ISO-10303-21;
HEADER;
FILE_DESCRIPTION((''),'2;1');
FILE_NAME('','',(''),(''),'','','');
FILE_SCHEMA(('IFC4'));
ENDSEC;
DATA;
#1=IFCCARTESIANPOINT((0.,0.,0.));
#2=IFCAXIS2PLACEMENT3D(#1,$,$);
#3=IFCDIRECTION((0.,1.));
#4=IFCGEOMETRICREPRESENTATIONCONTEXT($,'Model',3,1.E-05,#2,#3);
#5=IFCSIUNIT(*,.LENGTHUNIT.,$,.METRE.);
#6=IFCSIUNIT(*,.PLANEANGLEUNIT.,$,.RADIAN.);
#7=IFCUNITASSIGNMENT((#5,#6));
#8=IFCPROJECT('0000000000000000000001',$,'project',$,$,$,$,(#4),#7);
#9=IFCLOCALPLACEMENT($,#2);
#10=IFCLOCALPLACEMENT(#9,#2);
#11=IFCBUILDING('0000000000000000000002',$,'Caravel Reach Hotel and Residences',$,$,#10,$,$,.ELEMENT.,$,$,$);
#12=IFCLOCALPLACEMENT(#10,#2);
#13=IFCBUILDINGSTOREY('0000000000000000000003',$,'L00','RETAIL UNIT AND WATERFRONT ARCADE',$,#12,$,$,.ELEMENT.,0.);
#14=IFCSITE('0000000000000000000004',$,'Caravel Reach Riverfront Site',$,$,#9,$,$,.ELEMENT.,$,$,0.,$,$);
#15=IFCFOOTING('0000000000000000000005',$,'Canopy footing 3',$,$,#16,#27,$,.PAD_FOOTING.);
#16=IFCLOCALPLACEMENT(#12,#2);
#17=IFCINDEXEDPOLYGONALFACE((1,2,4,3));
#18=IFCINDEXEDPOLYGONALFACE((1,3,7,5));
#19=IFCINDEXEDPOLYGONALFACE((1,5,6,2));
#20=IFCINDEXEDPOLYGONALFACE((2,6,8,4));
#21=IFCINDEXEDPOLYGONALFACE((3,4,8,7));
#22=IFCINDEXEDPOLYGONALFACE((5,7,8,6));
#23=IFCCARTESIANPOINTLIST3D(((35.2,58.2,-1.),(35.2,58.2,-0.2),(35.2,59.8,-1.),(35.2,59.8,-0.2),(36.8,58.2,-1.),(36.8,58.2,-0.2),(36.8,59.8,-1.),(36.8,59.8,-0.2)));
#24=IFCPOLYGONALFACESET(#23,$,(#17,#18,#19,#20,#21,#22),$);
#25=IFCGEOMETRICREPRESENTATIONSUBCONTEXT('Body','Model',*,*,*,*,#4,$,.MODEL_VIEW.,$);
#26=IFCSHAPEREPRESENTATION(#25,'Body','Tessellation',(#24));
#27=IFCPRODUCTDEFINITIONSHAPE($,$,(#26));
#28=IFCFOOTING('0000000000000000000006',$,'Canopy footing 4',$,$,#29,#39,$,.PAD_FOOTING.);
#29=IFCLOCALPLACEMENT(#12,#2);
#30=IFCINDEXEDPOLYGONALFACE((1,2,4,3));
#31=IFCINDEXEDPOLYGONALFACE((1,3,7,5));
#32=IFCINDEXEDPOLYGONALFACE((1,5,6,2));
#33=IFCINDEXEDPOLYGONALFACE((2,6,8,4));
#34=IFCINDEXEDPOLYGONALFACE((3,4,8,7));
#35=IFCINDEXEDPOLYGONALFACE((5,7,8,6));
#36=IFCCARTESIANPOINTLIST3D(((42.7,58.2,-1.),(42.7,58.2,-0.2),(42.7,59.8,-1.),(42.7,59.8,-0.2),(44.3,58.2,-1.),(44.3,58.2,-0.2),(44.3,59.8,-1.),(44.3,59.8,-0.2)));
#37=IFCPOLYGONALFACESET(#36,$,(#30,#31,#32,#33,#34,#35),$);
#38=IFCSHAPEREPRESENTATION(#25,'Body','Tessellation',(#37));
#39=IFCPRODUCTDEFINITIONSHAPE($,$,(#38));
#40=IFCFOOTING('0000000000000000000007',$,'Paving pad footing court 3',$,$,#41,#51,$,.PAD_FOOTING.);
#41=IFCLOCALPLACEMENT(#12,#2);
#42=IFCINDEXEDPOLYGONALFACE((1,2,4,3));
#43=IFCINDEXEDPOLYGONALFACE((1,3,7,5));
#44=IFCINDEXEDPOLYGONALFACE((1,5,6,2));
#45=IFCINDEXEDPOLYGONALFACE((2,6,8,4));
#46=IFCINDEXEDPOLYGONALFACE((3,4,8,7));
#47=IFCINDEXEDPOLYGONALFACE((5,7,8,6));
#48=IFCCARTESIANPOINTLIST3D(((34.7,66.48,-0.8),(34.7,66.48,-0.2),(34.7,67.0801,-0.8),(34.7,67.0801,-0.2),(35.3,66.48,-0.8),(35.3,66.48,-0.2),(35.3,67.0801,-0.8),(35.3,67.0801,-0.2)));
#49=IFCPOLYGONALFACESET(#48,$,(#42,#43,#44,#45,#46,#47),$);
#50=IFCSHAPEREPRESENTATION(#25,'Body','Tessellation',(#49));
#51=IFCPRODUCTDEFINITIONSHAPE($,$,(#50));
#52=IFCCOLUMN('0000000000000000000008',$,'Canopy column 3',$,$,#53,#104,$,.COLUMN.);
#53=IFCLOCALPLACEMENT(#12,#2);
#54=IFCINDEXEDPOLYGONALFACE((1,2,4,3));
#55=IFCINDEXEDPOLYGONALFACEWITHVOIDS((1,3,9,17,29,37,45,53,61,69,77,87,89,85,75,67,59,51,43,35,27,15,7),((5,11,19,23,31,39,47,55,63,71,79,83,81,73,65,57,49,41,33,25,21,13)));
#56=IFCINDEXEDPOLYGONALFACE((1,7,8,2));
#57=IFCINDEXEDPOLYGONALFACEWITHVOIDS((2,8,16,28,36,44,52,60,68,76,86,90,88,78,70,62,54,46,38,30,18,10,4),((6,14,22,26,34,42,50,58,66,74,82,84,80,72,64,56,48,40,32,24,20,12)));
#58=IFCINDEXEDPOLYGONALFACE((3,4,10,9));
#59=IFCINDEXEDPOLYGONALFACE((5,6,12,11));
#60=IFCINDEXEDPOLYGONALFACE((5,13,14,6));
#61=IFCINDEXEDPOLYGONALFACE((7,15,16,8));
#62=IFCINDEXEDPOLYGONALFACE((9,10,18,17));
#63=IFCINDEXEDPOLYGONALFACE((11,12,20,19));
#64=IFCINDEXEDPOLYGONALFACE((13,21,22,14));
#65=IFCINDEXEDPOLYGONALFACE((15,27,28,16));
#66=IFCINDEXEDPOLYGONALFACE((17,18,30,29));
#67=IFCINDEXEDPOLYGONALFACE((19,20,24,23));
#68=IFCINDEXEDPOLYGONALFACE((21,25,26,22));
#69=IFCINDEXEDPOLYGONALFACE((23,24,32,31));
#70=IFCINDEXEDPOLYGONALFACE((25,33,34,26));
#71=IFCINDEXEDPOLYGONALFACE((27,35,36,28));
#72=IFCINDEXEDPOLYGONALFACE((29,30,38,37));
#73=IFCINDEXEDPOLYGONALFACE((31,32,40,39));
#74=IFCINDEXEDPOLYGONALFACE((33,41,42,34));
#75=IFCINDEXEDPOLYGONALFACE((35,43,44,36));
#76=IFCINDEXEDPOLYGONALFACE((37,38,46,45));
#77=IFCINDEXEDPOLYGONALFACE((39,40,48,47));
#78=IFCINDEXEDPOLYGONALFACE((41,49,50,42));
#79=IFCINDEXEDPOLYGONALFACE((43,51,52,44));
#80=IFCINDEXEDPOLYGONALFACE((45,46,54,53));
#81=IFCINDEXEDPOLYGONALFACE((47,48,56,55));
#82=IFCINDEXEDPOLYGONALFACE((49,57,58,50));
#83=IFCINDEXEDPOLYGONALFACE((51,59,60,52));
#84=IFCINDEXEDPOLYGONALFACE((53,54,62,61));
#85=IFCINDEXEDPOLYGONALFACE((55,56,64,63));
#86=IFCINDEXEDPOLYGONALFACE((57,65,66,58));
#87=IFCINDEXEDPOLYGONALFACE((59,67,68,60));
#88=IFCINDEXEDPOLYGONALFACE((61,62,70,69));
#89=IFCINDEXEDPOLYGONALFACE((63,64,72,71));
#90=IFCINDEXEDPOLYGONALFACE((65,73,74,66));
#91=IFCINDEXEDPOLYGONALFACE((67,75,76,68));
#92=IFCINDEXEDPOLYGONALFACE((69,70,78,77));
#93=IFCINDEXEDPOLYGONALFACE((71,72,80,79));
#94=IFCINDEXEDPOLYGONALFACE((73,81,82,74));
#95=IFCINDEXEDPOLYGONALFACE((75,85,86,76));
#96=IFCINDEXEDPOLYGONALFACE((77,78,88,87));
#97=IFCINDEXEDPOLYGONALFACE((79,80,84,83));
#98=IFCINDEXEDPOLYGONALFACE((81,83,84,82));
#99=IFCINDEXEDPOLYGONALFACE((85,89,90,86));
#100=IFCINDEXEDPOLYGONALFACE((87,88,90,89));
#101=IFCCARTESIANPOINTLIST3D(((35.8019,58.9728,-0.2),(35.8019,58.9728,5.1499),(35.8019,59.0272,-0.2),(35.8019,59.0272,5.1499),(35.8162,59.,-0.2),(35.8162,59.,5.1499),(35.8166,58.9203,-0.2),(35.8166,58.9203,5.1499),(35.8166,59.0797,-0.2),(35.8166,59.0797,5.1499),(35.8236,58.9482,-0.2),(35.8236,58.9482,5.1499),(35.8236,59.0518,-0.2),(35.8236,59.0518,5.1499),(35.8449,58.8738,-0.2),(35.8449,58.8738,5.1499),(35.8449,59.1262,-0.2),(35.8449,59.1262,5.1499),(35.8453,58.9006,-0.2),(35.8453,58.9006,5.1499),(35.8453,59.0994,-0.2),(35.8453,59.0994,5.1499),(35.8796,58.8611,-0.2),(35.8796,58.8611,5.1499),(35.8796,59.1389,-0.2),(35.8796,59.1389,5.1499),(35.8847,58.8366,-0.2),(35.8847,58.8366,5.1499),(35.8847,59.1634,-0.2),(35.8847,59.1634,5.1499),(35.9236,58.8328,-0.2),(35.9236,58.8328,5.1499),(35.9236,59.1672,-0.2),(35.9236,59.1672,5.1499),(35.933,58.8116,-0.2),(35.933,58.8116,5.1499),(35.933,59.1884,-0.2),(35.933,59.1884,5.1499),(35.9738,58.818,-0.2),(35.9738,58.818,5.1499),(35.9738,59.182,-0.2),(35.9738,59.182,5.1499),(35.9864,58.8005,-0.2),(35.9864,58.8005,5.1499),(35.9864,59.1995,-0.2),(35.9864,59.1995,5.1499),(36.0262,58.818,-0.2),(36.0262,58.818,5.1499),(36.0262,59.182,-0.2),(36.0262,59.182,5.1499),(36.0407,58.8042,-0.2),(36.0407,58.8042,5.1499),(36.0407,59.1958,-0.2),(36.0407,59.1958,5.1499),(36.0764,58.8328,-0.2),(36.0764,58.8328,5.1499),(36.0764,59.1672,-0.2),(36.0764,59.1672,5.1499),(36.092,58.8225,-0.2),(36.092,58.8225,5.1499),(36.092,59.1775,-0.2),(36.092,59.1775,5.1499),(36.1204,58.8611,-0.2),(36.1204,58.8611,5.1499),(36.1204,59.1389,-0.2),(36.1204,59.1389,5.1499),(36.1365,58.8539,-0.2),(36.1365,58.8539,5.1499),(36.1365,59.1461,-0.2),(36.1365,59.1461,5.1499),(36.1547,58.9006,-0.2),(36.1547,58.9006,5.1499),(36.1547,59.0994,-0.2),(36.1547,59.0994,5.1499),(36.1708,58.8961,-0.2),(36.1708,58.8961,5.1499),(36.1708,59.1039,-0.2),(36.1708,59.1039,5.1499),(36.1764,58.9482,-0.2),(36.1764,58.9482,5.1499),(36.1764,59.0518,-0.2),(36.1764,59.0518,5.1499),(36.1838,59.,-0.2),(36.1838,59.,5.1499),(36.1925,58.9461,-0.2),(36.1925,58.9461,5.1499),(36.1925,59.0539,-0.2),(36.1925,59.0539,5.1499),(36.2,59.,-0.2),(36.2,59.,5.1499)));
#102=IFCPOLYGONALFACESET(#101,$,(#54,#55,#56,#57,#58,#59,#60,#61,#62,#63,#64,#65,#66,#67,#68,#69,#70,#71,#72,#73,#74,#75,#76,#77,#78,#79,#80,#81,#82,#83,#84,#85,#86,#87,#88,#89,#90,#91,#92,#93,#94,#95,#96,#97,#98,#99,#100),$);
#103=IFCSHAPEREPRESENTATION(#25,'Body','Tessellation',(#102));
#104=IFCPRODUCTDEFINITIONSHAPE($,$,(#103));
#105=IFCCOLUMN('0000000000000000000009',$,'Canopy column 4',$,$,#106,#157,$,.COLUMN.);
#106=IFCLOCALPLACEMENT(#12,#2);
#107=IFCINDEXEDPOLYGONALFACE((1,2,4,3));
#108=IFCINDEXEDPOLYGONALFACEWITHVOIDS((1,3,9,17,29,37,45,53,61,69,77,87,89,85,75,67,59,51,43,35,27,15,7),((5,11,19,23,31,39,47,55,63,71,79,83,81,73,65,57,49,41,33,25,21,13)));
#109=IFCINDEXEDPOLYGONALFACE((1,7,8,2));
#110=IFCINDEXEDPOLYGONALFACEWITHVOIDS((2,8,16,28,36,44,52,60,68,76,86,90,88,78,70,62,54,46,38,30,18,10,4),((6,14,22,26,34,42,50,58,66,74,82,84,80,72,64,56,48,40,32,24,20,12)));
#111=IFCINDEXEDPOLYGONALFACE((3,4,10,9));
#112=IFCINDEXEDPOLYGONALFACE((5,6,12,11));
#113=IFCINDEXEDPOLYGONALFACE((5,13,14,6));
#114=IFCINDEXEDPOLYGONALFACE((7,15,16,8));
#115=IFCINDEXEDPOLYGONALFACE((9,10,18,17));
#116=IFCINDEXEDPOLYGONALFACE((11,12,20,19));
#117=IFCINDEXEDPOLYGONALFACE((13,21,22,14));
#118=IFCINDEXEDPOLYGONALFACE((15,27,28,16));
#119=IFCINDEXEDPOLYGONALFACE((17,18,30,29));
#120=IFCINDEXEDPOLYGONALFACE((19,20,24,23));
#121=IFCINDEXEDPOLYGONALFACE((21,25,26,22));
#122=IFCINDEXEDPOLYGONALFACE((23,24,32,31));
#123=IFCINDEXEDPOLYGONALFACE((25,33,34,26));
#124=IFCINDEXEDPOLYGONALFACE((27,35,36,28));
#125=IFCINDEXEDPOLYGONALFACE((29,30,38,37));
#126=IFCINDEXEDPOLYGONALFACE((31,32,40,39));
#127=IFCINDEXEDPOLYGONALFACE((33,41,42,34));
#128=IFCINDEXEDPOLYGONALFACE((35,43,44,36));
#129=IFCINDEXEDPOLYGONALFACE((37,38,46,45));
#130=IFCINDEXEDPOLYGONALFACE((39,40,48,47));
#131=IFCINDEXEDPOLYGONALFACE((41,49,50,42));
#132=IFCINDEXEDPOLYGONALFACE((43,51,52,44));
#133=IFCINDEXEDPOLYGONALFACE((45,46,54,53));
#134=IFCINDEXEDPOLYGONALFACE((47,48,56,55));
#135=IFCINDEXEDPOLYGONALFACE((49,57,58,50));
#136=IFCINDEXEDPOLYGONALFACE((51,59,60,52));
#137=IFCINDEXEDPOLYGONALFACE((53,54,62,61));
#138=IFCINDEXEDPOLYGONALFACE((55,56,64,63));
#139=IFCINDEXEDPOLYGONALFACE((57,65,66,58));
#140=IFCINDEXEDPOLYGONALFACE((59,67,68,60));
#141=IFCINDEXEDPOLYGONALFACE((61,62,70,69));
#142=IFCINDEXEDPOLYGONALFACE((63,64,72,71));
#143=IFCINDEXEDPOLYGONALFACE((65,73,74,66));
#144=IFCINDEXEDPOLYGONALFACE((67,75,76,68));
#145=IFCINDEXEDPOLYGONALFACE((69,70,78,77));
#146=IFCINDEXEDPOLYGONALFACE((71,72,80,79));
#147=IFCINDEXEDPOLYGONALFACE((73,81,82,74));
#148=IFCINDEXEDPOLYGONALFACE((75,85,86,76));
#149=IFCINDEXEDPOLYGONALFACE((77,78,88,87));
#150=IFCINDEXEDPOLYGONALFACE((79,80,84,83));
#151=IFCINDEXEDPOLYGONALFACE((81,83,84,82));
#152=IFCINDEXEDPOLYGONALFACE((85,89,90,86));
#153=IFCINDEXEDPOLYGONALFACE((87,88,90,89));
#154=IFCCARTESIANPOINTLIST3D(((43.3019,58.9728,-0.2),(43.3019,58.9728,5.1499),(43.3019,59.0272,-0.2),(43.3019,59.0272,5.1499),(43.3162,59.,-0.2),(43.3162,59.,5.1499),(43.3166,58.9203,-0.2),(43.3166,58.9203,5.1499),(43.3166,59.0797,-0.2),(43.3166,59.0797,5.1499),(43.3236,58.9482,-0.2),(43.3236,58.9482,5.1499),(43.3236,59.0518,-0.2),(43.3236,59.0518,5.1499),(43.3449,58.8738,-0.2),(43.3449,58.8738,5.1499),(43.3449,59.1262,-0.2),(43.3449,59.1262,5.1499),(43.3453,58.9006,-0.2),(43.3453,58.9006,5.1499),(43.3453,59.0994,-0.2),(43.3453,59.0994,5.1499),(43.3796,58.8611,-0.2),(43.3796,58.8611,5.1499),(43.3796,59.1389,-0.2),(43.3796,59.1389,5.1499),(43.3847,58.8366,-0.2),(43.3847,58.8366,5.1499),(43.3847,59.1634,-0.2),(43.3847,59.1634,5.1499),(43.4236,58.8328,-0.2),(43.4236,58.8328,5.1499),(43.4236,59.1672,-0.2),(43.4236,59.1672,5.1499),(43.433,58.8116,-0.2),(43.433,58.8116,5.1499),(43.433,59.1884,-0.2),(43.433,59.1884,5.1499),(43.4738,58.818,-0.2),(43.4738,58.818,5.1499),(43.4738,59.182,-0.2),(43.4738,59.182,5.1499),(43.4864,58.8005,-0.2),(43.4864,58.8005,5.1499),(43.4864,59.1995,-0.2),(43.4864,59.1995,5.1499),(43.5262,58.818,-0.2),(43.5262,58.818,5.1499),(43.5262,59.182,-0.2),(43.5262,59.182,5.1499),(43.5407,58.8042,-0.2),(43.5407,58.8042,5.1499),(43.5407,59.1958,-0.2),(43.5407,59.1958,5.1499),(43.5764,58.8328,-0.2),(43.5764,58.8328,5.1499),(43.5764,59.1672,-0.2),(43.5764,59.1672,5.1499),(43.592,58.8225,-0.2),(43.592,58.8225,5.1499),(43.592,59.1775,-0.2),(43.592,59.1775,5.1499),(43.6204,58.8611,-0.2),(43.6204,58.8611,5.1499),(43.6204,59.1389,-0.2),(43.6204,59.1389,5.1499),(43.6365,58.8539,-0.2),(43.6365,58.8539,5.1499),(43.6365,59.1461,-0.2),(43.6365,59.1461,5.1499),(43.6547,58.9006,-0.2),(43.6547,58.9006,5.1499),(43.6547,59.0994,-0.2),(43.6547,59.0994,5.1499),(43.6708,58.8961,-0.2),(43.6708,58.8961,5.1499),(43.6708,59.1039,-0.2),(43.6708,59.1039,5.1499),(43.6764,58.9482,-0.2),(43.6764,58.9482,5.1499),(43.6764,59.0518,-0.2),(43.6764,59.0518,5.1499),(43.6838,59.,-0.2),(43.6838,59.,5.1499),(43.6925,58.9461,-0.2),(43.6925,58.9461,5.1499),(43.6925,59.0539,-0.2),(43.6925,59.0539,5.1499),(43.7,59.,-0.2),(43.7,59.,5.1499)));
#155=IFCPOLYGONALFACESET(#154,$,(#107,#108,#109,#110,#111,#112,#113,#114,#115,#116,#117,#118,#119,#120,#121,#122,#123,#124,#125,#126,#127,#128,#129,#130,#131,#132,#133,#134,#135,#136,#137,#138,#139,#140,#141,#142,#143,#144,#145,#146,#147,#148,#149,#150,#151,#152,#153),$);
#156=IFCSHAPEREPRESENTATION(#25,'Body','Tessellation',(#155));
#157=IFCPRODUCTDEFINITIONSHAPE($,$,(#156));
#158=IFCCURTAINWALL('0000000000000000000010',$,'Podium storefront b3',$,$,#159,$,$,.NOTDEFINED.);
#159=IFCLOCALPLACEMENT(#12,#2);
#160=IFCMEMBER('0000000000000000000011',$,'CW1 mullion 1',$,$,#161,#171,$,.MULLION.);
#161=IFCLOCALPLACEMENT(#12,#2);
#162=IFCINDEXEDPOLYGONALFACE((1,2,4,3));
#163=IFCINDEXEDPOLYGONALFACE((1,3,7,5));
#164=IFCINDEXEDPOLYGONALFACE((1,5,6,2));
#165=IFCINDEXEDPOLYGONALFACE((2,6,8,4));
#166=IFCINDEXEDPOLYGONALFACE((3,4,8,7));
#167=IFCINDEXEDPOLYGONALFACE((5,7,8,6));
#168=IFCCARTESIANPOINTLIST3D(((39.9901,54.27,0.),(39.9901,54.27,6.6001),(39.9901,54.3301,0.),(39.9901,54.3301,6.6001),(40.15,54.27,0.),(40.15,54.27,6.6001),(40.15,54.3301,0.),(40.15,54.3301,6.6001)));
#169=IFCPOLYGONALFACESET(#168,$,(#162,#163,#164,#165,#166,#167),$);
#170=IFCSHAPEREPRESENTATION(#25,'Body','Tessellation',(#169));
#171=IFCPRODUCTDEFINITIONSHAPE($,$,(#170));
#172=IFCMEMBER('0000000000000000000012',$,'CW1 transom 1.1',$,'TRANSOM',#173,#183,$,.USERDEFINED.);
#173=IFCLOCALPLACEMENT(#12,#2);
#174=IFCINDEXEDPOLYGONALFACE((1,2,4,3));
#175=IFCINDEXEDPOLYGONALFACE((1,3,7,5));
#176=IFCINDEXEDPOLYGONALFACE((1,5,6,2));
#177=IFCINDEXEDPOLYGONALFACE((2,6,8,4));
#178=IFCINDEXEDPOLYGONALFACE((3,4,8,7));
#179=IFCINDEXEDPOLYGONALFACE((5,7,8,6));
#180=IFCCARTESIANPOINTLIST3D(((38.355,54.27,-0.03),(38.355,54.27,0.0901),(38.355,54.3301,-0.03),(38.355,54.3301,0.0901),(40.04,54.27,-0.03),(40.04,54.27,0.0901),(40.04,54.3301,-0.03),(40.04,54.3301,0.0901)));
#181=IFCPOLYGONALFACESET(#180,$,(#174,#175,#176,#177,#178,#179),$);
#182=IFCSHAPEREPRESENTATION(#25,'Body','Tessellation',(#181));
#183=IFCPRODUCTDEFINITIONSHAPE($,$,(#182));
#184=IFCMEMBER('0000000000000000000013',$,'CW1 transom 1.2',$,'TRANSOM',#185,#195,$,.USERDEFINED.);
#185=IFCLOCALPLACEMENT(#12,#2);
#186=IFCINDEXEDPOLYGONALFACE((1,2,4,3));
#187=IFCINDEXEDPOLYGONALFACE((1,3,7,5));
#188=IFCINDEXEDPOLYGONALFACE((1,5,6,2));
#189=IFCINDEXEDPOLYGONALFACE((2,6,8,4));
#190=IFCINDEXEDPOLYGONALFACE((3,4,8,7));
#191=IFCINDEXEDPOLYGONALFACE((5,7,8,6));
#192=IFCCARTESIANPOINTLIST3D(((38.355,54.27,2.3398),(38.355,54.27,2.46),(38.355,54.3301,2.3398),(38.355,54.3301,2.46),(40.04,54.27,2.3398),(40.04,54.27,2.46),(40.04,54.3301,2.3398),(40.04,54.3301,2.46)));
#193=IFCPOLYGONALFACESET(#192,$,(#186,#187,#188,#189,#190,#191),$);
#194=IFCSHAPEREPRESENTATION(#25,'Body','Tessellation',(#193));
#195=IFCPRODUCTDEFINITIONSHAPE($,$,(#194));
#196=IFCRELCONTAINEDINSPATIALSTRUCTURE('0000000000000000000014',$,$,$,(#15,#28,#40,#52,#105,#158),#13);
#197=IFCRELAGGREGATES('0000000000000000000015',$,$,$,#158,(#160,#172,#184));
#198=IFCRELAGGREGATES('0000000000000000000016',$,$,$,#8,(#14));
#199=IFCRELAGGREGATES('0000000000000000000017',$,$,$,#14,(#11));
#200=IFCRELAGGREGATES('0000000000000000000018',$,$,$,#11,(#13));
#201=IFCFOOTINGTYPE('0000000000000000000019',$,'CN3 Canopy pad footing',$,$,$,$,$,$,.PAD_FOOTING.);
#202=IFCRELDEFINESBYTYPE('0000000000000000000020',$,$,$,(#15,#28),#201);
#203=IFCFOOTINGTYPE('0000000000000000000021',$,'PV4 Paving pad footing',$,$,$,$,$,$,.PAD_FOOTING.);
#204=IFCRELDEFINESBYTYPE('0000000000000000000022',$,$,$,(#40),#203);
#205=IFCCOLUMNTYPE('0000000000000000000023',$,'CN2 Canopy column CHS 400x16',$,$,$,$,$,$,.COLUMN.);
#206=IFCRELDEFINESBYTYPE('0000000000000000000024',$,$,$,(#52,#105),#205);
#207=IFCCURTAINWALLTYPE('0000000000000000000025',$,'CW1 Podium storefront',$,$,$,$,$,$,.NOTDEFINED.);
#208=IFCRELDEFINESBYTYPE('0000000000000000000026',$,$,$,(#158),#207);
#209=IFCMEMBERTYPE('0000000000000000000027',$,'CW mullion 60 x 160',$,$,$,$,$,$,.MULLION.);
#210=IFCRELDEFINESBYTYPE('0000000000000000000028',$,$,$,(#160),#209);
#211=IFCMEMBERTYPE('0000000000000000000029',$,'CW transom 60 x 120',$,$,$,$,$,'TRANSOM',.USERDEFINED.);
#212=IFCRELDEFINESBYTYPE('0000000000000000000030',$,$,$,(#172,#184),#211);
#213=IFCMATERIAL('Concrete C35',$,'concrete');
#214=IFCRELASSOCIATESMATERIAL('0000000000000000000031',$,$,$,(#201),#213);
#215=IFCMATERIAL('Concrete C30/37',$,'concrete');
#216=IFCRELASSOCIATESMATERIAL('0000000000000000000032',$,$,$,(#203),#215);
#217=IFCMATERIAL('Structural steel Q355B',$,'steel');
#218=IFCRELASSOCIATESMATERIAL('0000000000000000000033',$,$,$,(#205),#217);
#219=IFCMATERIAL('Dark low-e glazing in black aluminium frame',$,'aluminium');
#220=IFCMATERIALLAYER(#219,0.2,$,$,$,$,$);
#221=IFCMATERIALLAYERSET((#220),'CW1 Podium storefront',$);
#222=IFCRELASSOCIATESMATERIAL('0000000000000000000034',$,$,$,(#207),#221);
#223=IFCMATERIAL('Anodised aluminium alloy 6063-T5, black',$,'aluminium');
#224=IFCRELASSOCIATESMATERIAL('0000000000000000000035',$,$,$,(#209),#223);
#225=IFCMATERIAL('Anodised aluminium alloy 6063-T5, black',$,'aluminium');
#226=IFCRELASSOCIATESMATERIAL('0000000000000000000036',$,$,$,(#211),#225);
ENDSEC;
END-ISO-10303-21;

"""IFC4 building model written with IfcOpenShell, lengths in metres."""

from ifc_helpers import new_model, si_unit, direction, frame, origin, origin_2d, place, context, subcontext, project, spatial, rectangle, hollow_circle, extrude, material, layer, layer_set, material_profile, profile_set, type_object, element, aggregate, save


model = new_model("IFC4")

# Units and contexts
model_context = context("Model", 3, precision=1e-05, world=origin(), true_north=direction((0.0, 1.0)))
body_context = subcontext(model_context, "Body", "Model", "MODEL_VIEW")
ifc_project = project(units=[si_unit("LENGTHUNIT", "METRE"), si_unit("PLANEANGLEUNIT", "RADIAN")], contexts=[model_context])

# Site, building, storey
site_placement = place(None, origin())
site = spatial("IfcSite", under=ifc_project, at=site_placement, Name="Caravel Reach Riverfront Site", CompositionType="ELEMENT", RefElevation=0.0)
building_placement = place(site_placement, origin())
building = spatial("IfcBuilding", under=site, at=building_placement, Name="Caravel Reach Hotel and Residences", CompositionType="ELEMENT")
storey_placement = place(building_placement, origin())
storey = spatial("IfcBuildingStorey", under=building, at=storey_placement, Name="L00", Description="RETAIL UNIT AND WATERFRONT ARCADE", CompositionType="ELEMENT", Elevation=0.0)

# Footings
ifc_material_1 = material(Name="Concrete C35", Category="concrete")
footing_type_1 = type_object("IfcFootingType", Name="CN3 Canopy pad footing", PredefinedType="PAD_FOOTING", material=ifc_material_1)
for number, where, z_axis, x_axis, name in (
    (1, (36.0, 59.0, -1.0), (0.0, 0.0, 1.0), (1.0, 0.0, 0.0), "Canopy footing 3"),
    (2, (43.5, 59.0, -1.0), (0.0, 0.0, 1.0), (1.0, 0.0, 0.0), "Canopy footing 4"),
):
    element("IfcFooting", number, at=place(storey_placement, frame(where, z_axis=z_axis, x_axis=x_axis)), inside=storey, type_object=footing_type_1, Name=name, PredefinedType="PAD_FOOTING", context=body_context, shape_type="SweptSolid", body=[
        extrude(rectangle(XDim=1.6001, YDim=1.6001, at=origin_2d()), origin(), (0.0, 0.0, 1.0), 0.8),
    ])
ifc_material_2 = material(Name="Concrete C30/37", Category="concrete")
footing_type_2 = type_object("IfcFootingType", Name="PV4 Paving pad footing", PredefinedType="PAD_FOOTING", material=ifc_material_2)
footing_placement = place(storey_placement, frame((35.0, 66.78, -0.8), z_axis=(0.0, 0.0, 1.0), x_axis=(1.0, 0.0, 0.0)))
element("IfcFooting", 3, at=footing_placement, inside=storey, type_object=footing_type_2, Name="Paving pad footing court 3", PredefinedType="PAD_FOOTING", context=body_context, shape_type="SweptSolid", body=[
    extrude(rectangle(XDim=0.6001, YDim=0.6001, at=origin_2d()), origin(), (0.0, 0.0, 1.0), 0.6001),
])

# Columns
ifc_material_3 = material(Name="Structural steel Q355B", Category="steel")
ifc_material_profile_1 = material_profile(ifc_material_3, hollow_circle(Radius=0.2, WallThickness=0.0161, at=origin_2d()), Name="CN2 Canopy column CHS 400x16")
ifc_profile_set_1 = profile_set([ifc_material_profile_1], Name="Structural steel Q355B")
column_type = type_object("IfcColumnType", Name="CN2 Canopy column CHS 400x16", PredefinedType="COLUMN", material=ifc_profile_set_1)
for number, where, z_axis, x_axis, name in (
    (4, (36.0, 59.0, -0.2), (0.0, 0.0, 1.0), (1.0, 0.0, 0.0), "Canopy column 3"),
    (5, (43.5, 59.0, -0.2), (0.0, 0.0, 1.0), (1.0, 0.0, 0.0), "Canopy column 4"),
):
    element("IfcColumn", number, at=place(storey_placement, frame(where, z_axis=z_axis, x_axis=x_axis)), inside=storey, type_object=column_type, Name=name, PredefinedType="COLUMN", context=body_context, shape_type="SweptSolid", body=[
        extrude(hollow_circle(Radius=0.2, WallThickness=0.0161, at=origin_2d()), origin(), (0.0, 0.0, 1.0), 5.3499),
    ])

# Curtain wall, members
ifc_material_4 = material(Name="Dark low-e glazing in black aluminium frame", Category="aluminium")
ifc_layer_1 = layer(ifc_material_4, 0.2)
ifc_layer_set_1 = layer_set([ifc_layer_1], Name="CW1 Podium storefront")
curtain_wall_type = type_object("IfcCurtainWallType", Name="CW1 Podium storefront", PredefinedType="NOTDEFINED", material=ifc_layer_set_1)
curtain_wall_placement = place(storey_placement, origin())
curtain_wall = element("IfcCurtainWall", 6, at=curtain_wall_placement, inside=storey, type_object=curtain_wall_type, Name="Podium storefront b3", PredefinedType="NOTDEFINED")
ifc_material_5 = material(Name="Anodised aluminium alloy 6063-T5, black", Category="aluminium")
ifc_material_profile_2 = material_profile(ifc_material_5, rectangle(XDim=0.0601, YDim=0.1599, at=origin_2d()), Name="CW mullion 60 x 160")
ifc_profile_set_2 = profile_set([ifc_material_profile_2], Name="Anodised aluminium alloy 6063-T5, black")
member_type_1 = type_object("IfcMemberType", Name="CW mullion 60 x 160", PredefinedType="MULLION", material=ifc_profile_set_2)
member_1_placement = place(storey_placement, frame((40.0701, 54.3, 0.0), z_axis=(0.0, 0.0, 1.0), x_axis=(0.0, -1.0, 0.0)))
member_1 = element("IfcMember", 7, at=member_1_placement, type_object=member_type_1, Name="CW1 mullion 1", PredefinedType="MULLION", context=body_context, shape_type="SweptSolid", body=[
    extrude(rectangle(XDim=0.0601, YDim=0.1599, at=origin_2d()), origin(), (0.0, 0.0, 1.0), 6.6001),
])
ifc_material_6 = material(Name="Anodised aluminium alloy 6063-T5, black", Category="aluminium")
ifc_material_profile_3 = material_profile(ifc_material_6, rectangle(XDim=0.0601, YDim=0.1201, at=origin_2d()), Name="CW transom 60 x 120")
ifc_profile_set_3 = profile_set([ifc_material_profile_3], Name="Anodised aluminium alloy 6063-T5, black")
member_type_2 = type_object("IfcMemberType", Name="CW transom 60 x 120", ElementType="TRANSOM", PredefinedType="USERDEFINED", material=ifc_profile_set_3)
member_2_placement = place(storey_placement, frame((40.04, 54.3, 0.03), z_axis=(-1.0, 0.0, 0.0), x_axis=(0.0, -1.0, 0.0)))
member_2 = element("IfcMember", 8, at=member_2_placement, type_object=member_type_2, Name="CW1 transom 1.1", ObjectType="TRANSOM", PredefinedType="USERDEFINED", context=body_context, shape_type="SweptSolid", body=[
    extrude(rectangle(XDim=0.0601, YDim=0.1201, at=origin_2d()), origin(), (0.0, 0.0, 1.0), 1.6851),
])
member_3_placement = place(storey_placement, frame((40.04, 54.3, 2.3999), z_axis=(-1.0, 0.0, 0.0), x_axis=(0.0, -1.0, 0.0)))
member_3 = element("IfcMember", 9, at=member_3_placement, type_object=member_type_2, Name="CW1 transom 1.2", ObjectType="TRANSOM", PredefinedType="USERDEFINED", context=body_context, shape_type="SweptSolid", body=[
    extrude(rectangle(XDim=0.0601, YDim=0.1201, at=origin_2d()), origin(), (0.0, 0.0, 1.0), 1.6851),
])
aggregate(curtain_wall, [member_1, member_2, member_3])

save(model, "model.ifc")
